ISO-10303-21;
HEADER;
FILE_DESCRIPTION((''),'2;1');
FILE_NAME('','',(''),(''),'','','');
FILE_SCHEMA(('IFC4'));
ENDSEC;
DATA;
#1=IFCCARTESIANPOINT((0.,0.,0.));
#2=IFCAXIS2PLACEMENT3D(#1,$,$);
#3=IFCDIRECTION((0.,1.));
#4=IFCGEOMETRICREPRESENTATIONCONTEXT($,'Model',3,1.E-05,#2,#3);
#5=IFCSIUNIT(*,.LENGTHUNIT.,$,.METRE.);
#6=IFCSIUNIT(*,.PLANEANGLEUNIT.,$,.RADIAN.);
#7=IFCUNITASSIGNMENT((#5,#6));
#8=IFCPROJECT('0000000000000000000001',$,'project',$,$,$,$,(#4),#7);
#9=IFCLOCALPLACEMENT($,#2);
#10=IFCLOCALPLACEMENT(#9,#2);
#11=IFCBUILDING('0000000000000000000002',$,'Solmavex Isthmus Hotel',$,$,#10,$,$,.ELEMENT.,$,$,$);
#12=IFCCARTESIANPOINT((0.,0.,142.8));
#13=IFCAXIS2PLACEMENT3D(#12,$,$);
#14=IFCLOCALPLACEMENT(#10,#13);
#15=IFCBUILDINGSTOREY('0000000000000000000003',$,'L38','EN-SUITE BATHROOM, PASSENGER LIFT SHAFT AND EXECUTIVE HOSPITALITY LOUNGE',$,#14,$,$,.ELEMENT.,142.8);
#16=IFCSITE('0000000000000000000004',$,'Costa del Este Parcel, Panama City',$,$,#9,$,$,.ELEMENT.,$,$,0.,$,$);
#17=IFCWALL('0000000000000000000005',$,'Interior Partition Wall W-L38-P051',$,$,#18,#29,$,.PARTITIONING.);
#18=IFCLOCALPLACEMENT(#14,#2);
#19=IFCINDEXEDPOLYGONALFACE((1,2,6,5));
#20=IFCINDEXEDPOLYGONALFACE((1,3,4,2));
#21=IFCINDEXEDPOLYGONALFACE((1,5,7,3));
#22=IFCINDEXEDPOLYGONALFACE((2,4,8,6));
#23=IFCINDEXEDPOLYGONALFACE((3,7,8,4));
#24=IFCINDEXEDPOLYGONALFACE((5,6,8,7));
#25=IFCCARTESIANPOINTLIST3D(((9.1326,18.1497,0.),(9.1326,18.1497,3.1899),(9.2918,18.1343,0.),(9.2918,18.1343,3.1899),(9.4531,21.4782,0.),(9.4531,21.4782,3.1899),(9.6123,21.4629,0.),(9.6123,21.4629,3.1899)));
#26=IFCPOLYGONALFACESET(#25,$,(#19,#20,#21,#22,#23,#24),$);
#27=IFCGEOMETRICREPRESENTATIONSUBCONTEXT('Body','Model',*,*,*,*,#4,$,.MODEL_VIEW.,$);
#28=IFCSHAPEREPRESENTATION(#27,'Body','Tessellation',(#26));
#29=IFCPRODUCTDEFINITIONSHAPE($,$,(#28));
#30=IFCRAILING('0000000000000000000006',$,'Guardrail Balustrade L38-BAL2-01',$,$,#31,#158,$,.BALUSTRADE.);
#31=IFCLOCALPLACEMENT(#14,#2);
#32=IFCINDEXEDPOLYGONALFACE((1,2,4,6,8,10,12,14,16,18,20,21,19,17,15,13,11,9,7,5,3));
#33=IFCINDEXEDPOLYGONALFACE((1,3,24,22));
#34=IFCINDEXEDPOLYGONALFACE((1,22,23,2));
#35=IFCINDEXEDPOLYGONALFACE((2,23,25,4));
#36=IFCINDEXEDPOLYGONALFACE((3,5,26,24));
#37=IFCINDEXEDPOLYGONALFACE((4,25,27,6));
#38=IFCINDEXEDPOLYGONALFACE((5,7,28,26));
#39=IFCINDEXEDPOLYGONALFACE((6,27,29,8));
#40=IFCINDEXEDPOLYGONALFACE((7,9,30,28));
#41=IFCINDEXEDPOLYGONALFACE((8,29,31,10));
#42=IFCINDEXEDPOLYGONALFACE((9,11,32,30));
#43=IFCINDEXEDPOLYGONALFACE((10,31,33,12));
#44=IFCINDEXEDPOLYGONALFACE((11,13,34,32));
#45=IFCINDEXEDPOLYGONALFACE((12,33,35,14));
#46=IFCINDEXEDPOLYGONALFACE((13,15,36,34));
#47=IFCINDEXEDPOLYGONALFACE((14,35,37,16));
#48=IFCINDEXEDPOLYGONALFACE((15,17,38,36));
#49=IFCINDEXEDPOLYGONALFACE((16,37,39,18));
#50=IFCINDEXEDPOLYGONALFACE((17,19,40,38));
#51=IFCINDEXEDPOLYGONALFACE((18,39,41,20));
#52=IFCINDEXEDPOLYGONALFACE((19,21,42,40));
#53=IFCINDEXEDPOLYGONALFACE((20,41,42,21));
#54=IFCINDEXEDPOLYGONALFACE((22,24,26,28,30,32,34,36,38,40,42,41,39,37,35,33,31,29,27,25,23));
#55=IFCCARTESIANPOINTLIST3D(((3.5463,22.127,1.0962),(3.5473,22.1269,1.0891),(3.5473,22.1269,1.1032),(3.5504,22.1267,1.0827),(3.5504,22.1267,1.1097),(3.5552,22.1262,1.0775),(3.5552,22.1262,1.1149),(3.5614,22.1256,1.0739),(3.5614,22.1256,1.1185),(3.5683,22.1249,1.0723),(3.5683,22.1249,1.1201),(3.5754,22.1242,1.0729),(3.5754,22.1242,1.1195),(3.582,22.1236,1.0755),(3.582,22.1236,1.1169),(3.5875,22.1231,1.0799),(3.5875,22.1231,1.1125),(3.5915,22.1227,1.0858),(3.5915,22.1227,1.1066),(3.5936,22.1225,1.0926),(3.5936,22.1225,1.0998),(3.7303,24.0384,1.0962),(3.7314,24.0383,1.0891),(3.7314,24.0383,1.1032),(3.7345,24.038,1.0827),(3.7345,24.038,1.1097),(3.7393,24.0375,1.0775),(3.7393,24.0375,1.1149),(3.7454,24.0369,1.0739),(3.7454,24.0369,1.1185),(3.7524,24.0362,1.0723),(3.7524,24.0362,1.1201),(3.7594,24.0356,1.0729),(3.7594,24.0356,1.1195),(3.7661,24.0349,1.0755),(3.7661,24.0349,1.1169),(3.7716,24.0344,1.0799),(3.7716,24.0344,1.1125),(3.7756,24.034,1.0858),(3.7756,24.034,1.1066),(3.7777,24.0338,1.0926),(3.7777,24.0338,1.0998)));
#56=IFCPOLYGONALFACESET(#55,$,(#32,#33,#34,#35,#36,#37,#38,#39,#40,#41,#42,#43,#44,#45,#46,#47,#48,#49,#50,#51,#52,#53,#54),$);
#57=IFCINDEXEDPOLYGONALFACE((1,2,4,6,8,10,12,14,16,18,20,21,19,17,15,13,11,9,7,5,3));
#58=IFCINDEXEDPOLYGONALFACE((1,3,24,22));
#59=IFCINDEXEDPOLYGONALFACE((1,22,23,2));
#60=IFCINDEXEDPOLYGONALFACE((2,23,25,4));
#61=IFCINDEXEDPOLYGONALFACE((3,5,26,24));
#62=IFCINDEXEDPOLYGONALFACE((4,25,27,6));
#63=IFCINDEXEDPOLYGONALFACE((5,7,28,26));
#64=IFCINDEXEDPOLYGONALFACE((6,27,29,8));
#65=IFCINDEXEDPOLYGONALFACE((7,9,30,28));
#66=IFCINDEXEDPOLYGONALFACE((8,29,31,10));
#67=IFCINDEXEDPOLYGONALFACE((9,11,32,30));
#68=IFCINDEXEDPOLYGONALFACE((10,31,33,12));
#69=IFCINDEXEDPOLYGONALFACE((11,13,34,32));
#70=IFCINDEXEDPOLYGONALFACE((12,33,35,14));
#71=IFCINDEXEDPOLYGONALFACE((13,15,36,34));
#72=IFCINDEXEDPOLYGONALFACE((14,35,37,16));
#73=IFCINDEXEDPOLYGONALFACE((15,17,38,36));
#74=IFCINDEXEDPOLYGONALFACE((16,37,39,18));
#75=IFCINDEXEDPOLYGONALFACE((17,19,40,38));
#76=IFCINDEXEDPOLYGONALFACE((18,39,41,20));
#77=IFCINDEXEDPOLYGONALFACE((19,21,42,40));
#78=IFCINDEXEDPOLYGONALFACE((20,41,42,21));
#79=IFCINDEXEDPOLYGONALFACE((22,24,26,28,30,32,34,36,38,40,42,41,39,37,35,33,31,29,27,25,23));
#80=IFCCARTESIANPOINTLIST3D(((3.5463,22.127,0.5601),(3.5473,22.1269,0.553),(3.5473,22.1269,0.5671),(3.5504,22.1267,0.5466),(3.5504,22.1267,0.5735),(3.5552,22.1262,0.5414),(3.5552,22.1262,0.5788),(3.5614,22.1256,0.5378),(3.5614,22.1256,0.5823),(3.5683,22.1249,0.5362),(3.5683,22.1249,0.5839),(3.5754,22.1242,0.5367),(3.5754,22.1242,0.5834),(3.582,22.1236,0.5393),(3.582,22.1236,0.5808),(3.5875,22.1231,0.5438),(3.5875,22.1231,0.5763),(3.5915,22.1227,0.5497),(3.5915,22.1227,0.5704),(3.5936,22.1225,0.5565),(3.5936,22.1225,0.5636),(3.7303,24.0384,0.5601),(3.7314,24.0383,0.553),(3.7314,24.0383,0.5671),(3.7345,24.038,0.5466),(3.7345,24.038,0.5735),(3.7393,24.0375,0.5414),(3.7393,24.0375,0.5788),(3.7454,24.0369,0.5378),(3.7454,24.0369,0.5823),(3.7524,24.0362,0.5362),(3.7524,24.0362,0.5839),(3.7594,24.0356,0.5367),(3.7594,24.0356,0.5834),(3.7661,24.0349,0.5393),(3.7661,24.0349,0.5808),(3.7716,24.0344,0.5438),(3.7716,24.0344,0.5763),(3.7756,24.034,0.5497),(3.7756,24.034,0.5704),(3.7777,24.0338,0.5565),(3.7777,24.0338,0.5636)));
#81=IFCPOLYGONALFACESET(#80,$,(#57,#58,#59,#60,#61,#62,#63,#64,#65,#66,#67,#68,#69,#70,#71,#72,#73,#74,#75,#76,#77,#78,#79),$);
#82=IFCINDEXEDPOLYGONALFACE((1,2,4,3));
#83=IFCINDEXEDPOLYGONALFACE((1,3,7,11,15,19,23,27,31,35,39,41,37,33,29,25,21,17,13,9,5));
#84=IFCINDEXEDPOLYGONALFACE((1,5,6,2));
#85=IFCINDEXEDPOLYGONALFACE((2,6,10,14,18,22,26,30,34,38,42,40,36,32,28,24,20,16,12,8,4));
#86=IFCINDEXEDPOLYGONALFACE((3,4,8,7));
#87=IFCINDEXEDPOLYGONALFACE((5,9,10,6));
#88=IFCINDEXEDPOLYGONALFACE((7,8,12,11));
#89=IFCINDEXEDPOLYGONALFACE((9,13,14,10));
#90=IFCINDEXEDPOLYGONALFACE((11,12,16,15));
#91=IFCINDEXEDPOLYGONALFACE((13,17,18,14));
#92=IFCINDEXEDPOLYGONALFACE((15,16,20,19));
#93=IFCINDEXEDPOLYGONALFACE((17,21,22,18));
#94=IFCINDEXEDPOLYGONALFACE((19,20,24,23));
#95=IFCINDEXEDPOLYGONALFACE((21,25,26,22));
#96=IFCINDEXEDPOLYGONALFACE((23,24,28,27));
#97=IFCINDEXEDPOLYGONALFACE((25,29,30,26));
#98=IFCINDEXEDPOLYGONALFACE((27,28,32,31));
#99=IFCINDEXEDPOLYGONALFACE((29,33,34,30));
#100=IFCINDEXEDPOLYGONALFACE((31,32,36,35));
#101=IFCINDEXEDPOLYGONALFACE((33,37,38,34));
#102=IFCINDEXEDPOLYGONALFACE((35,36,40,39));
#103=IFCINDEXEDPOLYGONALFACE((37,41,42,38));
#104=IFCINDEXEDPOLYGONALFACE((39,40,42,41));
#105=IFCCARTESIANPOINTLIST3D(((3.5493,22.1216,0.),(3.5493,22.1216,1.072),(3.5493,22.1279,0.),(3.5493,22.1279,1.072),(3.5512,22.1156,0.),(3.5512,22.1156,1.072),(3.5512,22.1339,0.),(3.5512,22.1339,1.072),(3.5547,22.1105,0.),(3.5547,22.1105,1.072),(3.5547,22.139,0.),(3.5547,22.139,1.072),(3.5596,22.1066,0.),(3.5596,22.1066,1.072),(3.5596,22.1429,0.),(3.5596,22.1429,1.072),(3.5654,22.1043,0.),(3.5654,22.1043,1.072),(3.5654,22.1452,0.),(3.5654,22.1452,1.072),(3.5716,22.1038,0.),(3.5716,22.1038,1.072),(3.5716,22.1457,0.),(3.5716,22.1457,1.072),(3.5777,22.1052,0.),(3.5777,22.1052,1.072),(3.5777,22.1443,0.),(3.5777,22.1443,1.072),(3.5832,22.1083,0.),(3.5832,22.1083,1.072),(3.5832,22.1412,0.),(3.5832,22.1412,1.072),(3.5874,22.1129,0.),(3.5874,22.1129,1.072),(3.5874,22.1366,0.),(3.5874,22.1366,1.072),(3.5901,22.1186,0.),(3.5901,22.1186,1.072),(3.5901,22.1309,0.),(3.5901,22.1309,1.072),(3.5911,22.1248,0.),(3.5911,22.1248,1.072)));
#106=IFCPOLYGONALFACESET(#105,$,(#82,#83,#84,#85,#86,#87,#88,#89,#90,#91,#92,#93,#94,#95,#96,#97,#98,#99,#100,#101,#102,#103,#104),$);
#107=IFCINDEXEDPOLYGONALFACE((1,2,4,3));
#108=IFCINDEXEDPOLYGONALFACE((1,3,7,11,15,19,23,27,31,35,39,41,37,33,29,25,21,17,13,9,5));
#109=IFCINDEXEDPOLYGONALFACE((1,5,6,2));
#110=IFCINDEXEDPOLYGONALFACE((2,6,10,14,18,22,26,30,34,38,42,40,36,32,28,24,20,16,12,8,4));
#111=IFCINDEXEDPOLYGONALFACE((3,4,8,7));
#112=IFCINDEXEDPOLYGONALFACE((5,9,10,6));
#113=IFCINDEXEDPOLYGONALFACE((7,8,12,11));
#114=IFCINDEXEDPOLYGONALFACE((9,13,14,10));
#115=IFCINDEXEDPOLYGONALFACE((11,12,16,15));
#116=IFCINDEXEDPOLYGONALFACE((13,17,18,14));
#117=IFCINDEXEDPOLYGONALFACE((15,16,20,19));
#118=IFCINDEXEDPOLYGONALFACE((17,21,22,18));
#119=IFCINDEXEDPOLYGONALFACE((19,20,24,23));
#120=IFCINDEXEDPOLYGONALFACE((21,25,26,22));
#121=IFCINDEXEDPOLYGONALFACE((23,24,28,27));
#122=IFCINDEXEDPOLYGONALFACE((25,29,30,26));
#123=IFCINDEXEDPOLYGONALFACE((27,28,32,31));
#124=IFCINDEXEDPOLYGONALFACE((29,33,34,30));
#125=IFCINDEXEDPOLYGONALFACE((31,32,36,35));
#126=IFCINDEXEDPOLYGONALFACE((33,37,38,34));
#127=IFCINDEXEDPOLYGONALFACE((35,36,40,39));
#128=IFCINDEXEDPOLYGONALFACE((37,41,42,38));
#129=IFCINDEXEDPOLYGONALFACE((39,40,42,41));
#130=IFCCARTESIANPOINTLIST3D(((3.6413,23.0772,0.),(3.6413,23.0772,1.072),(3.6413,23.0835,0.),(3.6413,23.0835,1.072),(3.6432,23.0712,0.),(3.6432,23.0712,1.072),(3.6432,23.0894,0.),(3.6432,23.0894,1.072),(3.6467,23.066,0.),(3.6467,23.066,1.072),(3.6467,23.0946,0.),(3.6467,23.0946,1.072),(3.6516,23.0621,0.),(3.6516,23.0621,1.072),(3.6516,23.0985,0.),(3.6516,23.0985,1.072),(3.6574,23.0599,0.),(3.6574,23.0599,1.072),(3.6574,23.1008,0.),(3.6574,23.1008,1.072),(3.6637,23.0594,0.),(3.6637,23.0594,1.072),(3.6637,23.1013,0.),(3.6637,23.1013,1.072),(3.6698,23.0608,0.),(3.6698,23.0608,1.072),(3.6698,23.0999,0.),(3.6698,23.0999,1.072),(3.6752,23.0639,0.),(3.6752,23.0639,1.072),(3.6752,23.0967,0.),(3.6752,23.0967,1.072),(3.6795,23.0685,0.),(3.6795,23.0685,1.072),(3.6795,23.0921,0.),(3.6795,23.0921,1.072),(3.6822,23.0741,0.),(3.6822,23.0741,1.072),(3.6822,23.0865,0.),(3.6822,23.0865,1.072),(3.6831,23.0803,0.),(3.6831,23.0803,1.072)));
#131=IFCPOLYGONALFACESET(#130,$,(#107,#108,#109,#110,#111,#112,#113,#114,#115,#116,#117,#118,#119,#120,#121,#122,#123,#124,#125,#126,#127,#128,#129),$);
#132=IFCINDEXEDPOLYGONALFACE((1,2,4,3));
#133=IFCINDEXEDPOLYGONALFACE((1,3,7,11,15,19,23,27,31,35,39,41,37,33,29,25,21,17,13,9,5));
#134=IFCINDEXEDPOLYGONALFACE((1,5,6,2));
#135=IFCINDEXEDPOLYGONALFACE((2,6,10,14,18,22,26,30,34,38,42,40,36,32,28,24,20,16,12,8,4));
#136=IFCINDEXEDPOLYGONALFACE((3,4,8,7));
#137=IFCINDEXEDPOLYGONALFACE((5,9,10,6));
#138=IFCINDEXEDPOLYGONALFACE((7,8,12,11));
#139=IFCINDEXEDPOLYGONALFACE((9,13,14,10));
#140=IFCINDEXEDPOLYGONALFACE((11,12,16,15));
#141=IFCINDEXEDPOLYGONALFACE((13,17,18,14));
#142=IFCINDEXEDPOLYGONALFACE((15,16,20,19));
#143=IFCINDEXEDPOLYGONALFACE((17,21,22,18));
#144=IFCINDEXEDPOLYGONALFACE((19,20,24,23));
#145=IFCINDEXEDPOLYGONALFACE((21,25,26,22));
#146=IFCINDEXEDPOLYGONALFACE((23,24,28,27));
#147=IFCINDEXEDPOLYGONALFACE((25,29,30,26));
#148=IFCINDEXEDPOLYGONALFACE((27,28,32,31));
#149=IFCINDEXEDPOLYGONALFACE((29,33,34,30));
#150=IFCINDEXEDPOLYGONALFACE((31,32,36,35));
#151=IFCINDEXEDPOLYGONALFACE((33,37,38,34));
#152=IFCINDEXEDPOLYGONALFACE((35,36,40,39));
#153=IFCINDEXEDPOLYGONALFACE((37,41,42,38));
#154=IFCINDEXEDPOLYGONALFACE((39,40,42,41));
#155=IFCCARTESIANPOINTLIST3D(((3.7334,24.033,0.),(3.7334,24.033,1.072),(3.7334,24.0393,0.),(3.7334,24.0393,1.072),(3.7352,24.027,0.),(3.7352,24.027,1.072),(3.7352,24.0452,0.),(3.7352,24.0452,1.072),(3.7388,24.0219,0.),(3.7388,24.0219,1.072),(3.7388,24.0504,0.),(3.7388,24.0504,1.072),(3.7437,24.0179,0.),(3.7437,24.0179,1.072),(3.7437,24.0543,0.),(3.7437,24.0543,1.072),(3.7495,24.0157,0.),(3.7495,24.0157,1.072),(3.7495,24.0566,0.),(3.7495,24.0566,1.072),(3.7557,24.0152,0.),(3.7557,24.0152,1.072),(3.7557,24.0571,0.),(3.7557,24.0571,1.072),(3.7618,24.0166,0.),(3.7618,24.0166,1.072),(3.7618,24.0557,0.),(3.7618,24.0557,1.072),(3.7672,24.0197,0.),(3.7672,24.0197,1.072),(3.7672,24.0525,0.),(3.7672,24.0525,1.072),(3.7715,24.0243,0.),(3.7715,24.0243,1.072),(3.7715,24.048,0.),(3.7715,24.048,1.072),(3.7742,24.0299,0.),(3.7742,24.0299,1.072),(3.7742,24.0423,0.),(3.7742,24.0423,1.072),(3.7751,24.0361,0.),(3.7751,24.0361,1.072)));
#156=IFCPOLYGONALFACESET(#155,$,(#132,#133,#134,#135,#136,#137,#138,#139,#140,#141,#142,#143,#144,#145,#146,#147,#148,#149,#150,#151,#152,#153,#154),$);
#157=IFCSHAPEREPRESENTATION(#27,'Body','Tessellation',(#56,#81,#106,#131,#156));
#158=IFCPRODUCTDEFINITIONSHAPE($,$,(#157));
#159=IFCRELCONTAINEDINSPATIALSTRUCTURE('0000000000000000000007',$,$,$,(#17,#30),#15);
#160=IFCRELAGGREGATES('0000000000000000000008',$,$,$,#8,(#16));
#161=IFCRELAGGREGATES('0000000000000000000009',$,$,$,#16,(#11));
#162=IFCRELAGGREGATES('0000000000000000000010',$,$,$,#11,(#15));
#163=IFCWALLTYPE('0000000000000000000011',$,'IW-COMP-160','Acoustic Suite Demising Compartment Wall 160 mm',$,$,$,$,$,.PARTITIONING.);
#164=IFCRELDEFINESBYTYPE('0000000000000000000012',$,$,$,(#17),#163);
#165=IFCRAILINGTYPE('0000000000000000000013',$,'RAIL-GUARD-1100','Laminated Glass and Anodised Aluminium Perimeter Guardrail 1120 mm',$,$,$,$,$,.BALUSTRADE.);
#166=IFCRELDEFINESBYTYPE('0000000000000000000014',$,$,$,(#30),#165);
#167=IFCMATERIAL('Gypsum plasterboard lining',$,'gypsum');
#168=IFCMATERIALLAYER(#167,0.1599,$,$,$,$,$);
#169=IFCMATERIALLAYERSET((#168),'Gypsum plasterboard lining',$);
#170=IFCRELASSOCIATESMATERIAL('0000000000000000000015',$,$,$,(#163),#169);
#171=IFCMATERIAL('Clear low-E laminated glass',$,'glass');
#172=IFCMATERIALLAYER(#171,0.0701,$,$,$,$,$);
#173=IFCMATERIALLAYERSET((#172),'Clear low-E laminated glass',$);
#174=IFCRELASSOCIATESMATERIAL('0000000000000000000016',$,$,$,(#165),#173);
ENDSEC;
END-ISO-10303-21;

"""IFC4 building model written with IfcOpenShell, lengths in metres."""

from ifc_helpers import new_model, si_unit, direction, frame, frame_2d, origin, origin_2d, place, context, subcontext, project, spatial, rectangle, circle, extrude, material, layer, layer_set, type_object, element, save


model = new_model("IFC4")

# Units and contexts
model_context = context("Model", 3, precision=1e-05, world=origin(), true_north=direction((0.0, 1.0)))
body_context = subcontext(model_context, "Body", "Model", "MODEL_VIEW")
ifc_project = project(units=[si_unit("LENGTHUNIT", "METRE"), si_unit("PLANEANGLEUNIT", "RADIAN")], contexts=[model_context])

# Site, building, storey
site_placement = place(None, origin())
site = spatial("IfcSite", under=ifc_project, at=site_placement, Name="Costa del Este Parcel, Panama City", CompositionType="ELEMENT", RefElevation=0.0)
building_placement = place(site_placement, origin())
building = spatial("IfcBuilding", under=site, at=building_placement, Name="Solmavex Isthmus Hotel", CompositionType="ELEMENT")
storey_placement = place(building_placement, frame((0.0, 0.0, 142.8)))
storey = spatial("IfcBuildingStorey", under=building, at=storey_placement, Name="L38", Description="EN-SUITE BATHROOM, PASSENGER LIFT SHAFT AND EXECUTIVE HOSPITALITY LOUNGE", CompositionType="ELEMENT", Elevation=142.8)

# Shared definitions
ifc_material_1 = material(Name="Clear low-E laminated glass", Category="glass")

# Wall
ifc_material_2 = material(Name="Gypsum plasterboard lining", Category="gypsum")
ifc_layer_1 = layer(ifc_material_2, 0.1599)
ifc_layer_set_1 = layer_set([ifc_layer_1], Name="Gypsum plasterboard lining")
wall_type_1 = type_object("IfcWallType", Name="IW-COMP-160", Description="Acoustic Suite Demising Compartment Wall 160 mm", PredefinedType="PARTITIONING", material=ifc_layer_set_1)
wall_1_placement = place(storey_placement, frame((9.5327, 21.4705, 0.0), z_axis=(0.0, 0.0, 1.0), x_axis=(-0.09586, -0.995395, 0.0)))
element("IfcWall", 1, at=wall_1_placement, inside=storey, type_object=wall_type_1, Name="Interior Partition Wall W-L38-P051", PredefinedType="PARTITIONING", context=body_context, shape_type="SweptSolid", body=[
    extrude(rectangle(XDim=3.344, YDim=0.1599, at=frame_2d((1.6719, 0.0))), origin(), (0.0, 0.0, 1.0), 3.1899),
])

# Railing
ifc_layer_2 = layer(ifc_material_1, 0.0701)
ifc_layer_set_2 = layer_set([ifc_layer_2], Name="Clear low-E laminated glass")
railing_type = type_object("IfcRailingType", Name="RAIL-GUARD-1100", Description="Laminated Glass and Anodised Aluminium Perimeter Guardrail 1120 mm", PredefinedType="BALUSTRADE", material=ifc_layer_set_2)
railing_1_placement = place(storey_placement, frame((3.5701, 22.1248, 0.0)))
element("IfcRailing", 2, at=railing_1_placement, inside=storey, type_object=railing_type, Name="Guardrail Balustrade L38-BAL2-01", PredefinedType="BALUSTRADE", context=body_context, shape_type="SweptSolid", body=[
    extrude(circle(Radius=0.0239, at=origin_2d()), frame((0.0, 0.0, 1.0962), z_axis=(0.095865, 0.995394, 0.0), x_axis=(-0.995394, 0.095865, 0.0)), (0.0, 0.0, 1.0), 1.9202),
    extrude(circle(Radius=0.0239, at=origin_2d()), frame((0.0, 0.0, 0.5601), z_axis=(0.095865, 0.995394, 0.0), x_axis=(-0.995394, 0.095865, 0.0)), (0.0, 0.0, 1.0), 1.9202),
    extrude(circle(Radius=0.021, at=origin_2d()), origin(), (0.0, 0.0, 1.0), 1.072),
    extrude(circle(Radius=0.021, at=origin_2d()), frame((0.092, 0.9556, 0.0)), (0.0, 0.0, 1.0), 1.072),
    extrude(circle(Radius=0.021, at=origin_2d()), frame((0.1841, 1.9114, 0.0)), (0.0, 0.0, 1.0), 1.072),
])

save(model, "model.ifc")
